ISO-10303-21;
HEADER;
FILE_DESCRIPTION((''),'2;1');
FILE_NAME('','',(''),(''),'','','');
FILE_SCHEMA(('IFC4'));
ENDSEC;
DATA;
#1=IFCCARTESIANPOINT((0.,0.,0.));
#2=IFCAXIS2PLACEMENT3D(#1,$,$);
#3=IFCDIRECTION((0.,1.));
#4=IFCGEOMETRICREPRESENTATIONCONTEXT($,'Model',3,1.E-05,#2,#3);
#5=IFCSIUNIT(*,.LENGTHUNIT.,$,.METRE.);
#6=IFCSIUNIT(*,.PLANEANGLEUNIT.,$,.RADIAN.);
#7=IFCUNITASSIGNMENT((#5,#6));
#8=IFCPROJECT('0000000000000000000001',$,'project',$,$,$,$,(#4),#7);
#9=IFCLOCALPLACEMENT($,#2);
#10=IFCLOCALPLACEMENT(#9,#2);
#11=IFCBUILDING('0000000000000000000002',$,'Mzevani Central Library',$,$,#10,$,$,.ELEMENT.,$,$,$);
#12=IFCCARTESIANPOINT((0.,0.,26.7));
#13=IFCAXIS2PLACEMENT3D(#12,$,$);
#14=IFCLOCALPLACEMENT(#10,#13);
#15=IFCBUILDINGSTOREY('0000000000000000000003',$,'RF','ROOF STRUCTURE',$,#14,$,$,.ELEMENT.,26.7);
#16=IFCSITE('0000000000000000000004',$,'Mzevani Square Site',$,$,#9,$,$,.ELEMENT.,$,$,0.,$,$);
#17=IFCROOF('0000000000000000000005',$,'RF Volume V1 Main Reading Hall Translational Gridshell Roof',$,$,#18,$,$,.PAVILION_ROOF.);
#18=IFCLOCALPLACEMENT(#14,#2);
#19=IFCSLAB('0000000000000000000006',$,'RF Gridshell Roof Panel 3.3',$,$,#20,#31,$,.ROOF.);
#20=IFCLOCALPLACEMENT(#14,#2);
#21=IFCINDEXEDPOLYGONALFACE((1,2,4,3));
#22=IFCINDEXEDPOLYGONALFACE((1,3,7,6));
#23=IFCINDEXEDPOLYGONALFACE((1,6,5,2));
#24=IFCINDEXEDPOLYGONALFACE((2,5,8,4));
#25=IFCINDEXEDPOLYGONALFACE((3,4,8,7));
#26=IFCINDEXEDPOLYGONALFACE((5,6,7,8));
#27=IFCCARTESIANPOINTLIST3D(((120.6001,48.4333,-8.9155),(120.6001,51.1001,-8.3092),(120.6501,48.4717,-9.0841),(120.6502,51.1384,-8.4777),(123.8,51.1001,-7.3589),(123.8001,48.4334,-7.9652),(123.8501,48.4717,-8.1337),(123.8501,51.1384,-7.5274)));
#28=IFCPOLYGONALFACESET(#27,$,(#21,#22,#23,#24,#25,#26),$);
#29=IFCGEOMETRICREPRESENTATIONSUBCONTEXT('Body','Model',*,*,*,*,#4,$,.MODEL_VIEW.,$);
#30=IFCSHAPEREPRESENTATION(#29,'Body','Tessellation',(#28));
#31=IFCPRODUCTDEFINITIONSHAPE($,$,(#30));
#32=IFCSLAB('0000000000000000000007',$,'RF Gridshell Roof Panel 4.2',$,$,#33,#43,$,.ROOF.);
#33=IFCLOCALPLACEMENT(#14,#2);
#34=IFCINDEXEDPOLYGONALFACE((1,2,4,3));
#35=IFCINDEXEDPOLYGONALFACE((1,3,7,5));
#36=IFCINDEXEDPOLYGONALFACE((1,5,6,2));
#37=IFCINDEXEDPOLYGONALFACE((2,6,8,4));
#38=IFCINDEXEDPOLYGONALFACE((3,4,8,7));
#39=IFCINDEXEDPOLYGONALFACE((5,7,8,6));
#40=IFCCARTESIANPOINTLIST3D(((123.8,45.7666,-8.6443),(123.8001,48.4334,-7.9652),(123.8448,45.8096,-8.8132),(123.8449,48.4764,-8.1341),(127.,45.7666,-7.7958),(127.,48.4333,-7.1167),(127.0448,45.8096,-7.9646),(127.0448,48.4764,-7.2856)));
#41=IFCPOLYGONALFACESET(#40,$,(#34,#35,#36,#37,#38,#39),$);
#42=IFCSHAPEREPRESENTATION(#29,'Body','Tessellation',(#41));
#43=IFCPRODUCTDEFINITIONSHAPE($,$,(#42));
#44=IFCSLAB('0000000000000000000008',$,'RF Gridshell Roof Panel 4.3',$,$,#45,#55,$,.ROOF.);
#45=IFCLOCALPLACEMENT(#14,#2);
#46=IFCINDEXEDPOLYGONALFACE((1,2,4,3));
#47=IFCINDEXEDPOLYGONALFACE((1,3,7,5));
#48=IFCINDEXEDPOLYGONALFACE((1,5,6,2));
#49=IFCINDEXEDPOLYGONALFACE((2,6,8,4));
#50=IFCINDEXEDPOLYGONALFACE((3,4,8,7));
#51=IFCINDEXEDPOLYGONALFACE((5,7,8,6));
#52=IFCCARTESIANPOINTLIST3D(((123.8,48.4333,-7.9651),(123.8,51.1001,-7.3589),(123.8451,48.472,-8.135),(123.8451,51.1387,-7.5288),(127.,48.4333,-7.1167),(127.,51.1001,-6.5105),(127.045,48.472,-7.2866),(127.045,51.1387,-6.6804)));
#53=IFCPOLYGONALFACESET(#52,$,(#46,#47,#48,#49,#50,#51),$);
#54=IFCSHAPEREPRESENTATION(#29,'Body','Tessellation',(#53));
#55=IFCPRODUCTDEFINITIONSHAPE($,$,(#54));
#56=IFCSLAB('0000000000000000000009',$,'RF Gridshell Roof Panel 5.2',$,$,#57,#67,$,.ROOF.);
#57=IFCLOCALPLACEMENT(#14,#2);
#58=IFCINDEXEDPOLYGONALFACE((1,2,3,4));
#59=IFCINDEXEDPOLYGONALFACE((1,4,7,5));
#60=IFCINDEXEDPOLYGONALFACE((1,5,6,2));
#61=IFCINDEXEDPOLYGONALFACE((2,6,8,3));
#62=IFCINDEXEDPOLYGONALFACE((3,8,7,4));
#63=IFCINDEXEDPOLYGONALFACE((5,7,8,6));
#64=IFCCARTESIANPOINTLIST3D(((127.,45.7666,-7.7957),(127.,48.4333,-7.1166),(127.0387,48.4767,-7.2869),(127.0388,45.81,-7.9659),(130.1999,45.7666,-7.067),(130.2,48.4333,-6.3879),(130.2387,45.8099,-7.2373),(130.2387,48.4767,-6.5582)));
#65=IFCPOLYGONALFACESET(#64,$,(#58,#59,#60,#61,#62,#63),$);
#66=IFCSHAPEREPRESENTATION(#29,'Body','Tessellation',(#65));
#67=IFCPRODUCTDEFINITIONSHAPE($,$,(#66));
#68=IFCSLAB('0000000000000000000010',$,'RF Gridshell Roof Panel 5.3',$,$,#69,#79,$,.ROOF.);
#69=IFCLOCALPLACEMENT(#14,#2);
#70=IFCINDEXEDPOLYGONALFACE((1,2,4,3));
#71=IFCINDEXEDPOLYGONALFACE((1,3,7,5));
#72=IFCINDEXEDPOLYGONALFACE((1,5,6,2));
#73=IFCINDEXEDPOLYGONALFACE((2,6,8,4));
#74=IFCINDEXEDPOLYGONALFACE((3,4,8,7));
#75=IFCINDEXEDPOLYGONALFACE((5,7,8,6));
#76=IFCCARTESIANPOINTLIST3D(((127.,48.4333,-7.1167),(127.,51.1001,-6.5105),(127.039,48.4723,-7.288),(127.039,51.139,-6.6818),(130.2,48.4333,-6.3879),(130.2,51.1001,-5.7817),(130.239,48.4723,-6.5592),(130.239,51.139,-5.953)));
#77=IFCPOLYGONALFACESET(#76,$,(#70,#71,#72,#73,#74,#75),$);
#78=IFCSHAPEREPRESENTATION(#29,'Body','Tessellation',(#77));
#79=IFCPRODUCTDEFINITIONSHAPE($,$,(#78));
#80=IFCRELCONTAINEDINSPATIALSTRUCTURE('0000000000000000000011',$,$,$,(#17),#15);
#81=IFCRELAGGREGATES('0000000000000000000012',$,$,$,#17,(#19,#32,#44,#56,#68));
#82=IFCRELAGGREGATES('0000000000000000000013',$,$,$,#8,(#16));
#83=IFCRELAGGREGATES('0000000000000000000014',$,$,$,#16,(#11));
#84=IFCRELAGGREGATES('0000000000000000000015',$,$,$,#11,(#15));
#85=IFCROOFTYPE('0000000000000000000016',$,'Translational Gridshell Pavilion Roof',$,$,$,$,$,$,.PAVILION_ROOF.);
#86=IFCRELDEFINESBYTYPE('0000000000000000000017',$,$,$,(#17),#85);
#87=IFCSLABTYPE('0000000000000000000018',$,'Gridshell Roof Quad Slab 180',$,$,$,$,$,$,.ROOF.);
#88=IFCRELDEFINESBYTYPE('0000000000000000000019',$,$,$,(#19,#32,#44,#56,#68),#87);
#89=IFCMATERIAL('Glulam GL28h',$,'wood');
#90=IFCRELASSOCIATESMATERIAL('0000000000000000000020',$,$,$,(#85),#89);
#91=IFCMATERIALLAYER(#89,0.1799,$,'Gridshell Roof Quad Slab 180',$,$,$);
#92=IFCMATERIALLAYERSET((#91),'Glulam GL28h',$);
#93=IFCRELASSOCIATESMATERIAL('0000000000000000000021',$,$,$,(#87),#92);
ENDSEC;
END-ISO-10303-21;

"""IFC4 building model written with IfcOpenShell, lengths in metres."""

from ifc_helpers import new_model, si_unit, direction, frame, origin, place, context, subcontext, project, spatial, polyline, outline, extrude, material, layer, layer_set, type_object, element, aggregate, save


model = new_model("IFC4")

# Units and contexts
model_context = context("Model", 3, precision=1e-05, world=origin(), true_north=direction((0.0, 1.0)))
body_context = subcontext(model_context, "Body", "Model", "MODEL_VIEW")
ifc_project = project(units=[si_unit("LENGTHUNIT", "METRE"), si_unit("PLANEANGLEUNIT", "RADIAN")], contexts=[model_context])

# Site, building, storey
site_placement = place(None, origin())
site = spatial("IfcSite", under=ifc_project, at=site_placement, Name="Mzevani Square Site", CompositionType="ELEMENT", RefElevation=0.0)
building_placement = place(site_placement, origin())
building = spatial("IfcBuilding", under=site, at=building_placement, Name="Mzevani Central Library", CompositionType="ELEMENT")
storey_placement = place(building_placement, frame((0.0, 0.0, 26.7)))
storey = spatial("IfcBuildingStorey", under=building, at=storey_placement, Name="RF", Description="ROOF STRUCTURE", CompositionType="ELEMENT", Elevation=26.7)

# Shared definitions
ifc_material_1 = material(Name="Glulam GL28h", Category="wood")

# Roof, slabs
roof_type = type_object("IfcRoofType", Name="Translational Gridshell Pavilion Roof", PredefinedType="PAVILION_ROOF", material=ifc_material_1)
roof_placement = place(storey_placement, origin())
roof = element("IfcRoof", 1, at=roof_placement, inside=storey, type_object=roof_type, Name="RF Volume V1 Main Reading Hall Translational Gridshell Roof", PredefinedType="PAVILION_ROOF")
ifc_layer_1 = layer(ifc_material_1, 0.1799, Name="Gridshell Roof Quad Slab 180")
ifc_layer_set_1 = layer_set([ifc_layer_1], Name="Glulam GL28h")
slab_type = type_object("IfcSlabType", Name="Gridshell Roof Quad Slab 180", PredefinedType="ROOF", material=ifc_layer_set_1)
slab_1_placement = place(storey_placement, frame((120.6001, 48.4333, -8.9155), z_axis=(-0.278159, -0.212956, 0.936631), x_axis=(0.958619, 0.000007, 0.284691)))
slab_1 = element("IfcSlab", 2, at=slab_1_placement, type_object=slab_type, Name="RF Gridshell Roof Panel 3.3", PredefinedType="ROOF", context=body_context, shape_type="SweptSolid", body=[
    extrude(outline(polyline([(0.0, 0.0), (3.3381, 0.0), (3.5107, 2.7293), (0.1727, 2.7294), (0.0, 0.0)])), origin(), (0.0, 0.0, -1.0), 0.1799),
])
slab_2_placement = place(storey_placement, frame((123.8, 45.7666, -8.6443), z_axis=(-0.248878, -0.239006, 0.938582), x_axis=(0.966595, 0.000008, 0.256308)))
slab_2 = element("IfcSlab", 3, at=slab_2_placement, type_object=slab_type, Name="RF Gridshell Roof Panel 4.2", PredefinedType="ROOF", context=body_context, shape_type="SweptSolid", body=[
    extrude(outline(polyline([(0.0, 0.0), (3.3106, 0.0), (3.4846, 2.7463), (0.1741, 2.7464), (0.0, 0.0)])), origin(), (0.0, 0.0, -1.0), 0.1799),
])
slab_3_placement = place(storey_placement, frame((123.8, 48.4333, -7.9651), z_axis=(-0.250301, -0.214608, 0.944083), x_axis=(0.966605, 0.0, 0.256272)))
slab_3 = element("IfcSlab", 4, at=slab_3_placement, type_object=slab_type, Name="RF Gridshell Roof Panel 4.3", PredefinedType="ROOF", context=body_context, shape_type="SweptSolid", body=[
    extrude(outline(polyline([(0.0, 0.0), (3.3105, 0.0), (3.4659, 2.7304), (0.1554, 2.7304), (0.0, 0.0)])), origin(), (0.0, 0.0, -1.0), 0.1799),
])
slab_4_placement = place(storey_placement, frame((127.0, 45.7666, -7.7957), z_axis=(-0.215477, -0.240974, 0.946309), x_axis=(0.975043, -0.000008, 0.222018)))
slab_4 = element("IfcSlab", 5, at=slab_4_placement, type_object=slab_type, Name="RF Gridshell Roof Panel 5.2", PredefinedType="ROOF", context=body_context, shape_type="SweptSolid", body=[
    extrude(outline(polyline([(0.0, 0.0), (3.2818, 0.0), (3.4326, 2.7477), (0.1507, 2.7477), (0.0, 0.0)])), origin(), (0.0, 0.0, -1.0), 0.1799),
])
slab_5_placement = place(storey_placement, frame((127.0, 48.4333, -7.1167), z_axis=(-0.216794, -0.216392, 0.951932), x_axis=(0.975034, 0.0, 0.222055)))
slab_5 = element("IfcSlab", 6, at=slab_5_placement, type_object=slab_type, Name="RF Gridshell Roof Panel 5.3", PredefinedType="ROOF", context=body_context, shape_type="SweptSolid", body=[
    extrude(outline(polyline([(0.0, 0.0), (3.2819, 0.0), (3.4165, 2.7315), (0.1346, 2.7315), (0.0, 0.0)])), origin(), (0.0, 0.0, -1.0), 0.1799),
])
aggregate(roof, [slab_1, slab_2, slab_3, slab_4, slab_5])

save(model, "model.ifc")
